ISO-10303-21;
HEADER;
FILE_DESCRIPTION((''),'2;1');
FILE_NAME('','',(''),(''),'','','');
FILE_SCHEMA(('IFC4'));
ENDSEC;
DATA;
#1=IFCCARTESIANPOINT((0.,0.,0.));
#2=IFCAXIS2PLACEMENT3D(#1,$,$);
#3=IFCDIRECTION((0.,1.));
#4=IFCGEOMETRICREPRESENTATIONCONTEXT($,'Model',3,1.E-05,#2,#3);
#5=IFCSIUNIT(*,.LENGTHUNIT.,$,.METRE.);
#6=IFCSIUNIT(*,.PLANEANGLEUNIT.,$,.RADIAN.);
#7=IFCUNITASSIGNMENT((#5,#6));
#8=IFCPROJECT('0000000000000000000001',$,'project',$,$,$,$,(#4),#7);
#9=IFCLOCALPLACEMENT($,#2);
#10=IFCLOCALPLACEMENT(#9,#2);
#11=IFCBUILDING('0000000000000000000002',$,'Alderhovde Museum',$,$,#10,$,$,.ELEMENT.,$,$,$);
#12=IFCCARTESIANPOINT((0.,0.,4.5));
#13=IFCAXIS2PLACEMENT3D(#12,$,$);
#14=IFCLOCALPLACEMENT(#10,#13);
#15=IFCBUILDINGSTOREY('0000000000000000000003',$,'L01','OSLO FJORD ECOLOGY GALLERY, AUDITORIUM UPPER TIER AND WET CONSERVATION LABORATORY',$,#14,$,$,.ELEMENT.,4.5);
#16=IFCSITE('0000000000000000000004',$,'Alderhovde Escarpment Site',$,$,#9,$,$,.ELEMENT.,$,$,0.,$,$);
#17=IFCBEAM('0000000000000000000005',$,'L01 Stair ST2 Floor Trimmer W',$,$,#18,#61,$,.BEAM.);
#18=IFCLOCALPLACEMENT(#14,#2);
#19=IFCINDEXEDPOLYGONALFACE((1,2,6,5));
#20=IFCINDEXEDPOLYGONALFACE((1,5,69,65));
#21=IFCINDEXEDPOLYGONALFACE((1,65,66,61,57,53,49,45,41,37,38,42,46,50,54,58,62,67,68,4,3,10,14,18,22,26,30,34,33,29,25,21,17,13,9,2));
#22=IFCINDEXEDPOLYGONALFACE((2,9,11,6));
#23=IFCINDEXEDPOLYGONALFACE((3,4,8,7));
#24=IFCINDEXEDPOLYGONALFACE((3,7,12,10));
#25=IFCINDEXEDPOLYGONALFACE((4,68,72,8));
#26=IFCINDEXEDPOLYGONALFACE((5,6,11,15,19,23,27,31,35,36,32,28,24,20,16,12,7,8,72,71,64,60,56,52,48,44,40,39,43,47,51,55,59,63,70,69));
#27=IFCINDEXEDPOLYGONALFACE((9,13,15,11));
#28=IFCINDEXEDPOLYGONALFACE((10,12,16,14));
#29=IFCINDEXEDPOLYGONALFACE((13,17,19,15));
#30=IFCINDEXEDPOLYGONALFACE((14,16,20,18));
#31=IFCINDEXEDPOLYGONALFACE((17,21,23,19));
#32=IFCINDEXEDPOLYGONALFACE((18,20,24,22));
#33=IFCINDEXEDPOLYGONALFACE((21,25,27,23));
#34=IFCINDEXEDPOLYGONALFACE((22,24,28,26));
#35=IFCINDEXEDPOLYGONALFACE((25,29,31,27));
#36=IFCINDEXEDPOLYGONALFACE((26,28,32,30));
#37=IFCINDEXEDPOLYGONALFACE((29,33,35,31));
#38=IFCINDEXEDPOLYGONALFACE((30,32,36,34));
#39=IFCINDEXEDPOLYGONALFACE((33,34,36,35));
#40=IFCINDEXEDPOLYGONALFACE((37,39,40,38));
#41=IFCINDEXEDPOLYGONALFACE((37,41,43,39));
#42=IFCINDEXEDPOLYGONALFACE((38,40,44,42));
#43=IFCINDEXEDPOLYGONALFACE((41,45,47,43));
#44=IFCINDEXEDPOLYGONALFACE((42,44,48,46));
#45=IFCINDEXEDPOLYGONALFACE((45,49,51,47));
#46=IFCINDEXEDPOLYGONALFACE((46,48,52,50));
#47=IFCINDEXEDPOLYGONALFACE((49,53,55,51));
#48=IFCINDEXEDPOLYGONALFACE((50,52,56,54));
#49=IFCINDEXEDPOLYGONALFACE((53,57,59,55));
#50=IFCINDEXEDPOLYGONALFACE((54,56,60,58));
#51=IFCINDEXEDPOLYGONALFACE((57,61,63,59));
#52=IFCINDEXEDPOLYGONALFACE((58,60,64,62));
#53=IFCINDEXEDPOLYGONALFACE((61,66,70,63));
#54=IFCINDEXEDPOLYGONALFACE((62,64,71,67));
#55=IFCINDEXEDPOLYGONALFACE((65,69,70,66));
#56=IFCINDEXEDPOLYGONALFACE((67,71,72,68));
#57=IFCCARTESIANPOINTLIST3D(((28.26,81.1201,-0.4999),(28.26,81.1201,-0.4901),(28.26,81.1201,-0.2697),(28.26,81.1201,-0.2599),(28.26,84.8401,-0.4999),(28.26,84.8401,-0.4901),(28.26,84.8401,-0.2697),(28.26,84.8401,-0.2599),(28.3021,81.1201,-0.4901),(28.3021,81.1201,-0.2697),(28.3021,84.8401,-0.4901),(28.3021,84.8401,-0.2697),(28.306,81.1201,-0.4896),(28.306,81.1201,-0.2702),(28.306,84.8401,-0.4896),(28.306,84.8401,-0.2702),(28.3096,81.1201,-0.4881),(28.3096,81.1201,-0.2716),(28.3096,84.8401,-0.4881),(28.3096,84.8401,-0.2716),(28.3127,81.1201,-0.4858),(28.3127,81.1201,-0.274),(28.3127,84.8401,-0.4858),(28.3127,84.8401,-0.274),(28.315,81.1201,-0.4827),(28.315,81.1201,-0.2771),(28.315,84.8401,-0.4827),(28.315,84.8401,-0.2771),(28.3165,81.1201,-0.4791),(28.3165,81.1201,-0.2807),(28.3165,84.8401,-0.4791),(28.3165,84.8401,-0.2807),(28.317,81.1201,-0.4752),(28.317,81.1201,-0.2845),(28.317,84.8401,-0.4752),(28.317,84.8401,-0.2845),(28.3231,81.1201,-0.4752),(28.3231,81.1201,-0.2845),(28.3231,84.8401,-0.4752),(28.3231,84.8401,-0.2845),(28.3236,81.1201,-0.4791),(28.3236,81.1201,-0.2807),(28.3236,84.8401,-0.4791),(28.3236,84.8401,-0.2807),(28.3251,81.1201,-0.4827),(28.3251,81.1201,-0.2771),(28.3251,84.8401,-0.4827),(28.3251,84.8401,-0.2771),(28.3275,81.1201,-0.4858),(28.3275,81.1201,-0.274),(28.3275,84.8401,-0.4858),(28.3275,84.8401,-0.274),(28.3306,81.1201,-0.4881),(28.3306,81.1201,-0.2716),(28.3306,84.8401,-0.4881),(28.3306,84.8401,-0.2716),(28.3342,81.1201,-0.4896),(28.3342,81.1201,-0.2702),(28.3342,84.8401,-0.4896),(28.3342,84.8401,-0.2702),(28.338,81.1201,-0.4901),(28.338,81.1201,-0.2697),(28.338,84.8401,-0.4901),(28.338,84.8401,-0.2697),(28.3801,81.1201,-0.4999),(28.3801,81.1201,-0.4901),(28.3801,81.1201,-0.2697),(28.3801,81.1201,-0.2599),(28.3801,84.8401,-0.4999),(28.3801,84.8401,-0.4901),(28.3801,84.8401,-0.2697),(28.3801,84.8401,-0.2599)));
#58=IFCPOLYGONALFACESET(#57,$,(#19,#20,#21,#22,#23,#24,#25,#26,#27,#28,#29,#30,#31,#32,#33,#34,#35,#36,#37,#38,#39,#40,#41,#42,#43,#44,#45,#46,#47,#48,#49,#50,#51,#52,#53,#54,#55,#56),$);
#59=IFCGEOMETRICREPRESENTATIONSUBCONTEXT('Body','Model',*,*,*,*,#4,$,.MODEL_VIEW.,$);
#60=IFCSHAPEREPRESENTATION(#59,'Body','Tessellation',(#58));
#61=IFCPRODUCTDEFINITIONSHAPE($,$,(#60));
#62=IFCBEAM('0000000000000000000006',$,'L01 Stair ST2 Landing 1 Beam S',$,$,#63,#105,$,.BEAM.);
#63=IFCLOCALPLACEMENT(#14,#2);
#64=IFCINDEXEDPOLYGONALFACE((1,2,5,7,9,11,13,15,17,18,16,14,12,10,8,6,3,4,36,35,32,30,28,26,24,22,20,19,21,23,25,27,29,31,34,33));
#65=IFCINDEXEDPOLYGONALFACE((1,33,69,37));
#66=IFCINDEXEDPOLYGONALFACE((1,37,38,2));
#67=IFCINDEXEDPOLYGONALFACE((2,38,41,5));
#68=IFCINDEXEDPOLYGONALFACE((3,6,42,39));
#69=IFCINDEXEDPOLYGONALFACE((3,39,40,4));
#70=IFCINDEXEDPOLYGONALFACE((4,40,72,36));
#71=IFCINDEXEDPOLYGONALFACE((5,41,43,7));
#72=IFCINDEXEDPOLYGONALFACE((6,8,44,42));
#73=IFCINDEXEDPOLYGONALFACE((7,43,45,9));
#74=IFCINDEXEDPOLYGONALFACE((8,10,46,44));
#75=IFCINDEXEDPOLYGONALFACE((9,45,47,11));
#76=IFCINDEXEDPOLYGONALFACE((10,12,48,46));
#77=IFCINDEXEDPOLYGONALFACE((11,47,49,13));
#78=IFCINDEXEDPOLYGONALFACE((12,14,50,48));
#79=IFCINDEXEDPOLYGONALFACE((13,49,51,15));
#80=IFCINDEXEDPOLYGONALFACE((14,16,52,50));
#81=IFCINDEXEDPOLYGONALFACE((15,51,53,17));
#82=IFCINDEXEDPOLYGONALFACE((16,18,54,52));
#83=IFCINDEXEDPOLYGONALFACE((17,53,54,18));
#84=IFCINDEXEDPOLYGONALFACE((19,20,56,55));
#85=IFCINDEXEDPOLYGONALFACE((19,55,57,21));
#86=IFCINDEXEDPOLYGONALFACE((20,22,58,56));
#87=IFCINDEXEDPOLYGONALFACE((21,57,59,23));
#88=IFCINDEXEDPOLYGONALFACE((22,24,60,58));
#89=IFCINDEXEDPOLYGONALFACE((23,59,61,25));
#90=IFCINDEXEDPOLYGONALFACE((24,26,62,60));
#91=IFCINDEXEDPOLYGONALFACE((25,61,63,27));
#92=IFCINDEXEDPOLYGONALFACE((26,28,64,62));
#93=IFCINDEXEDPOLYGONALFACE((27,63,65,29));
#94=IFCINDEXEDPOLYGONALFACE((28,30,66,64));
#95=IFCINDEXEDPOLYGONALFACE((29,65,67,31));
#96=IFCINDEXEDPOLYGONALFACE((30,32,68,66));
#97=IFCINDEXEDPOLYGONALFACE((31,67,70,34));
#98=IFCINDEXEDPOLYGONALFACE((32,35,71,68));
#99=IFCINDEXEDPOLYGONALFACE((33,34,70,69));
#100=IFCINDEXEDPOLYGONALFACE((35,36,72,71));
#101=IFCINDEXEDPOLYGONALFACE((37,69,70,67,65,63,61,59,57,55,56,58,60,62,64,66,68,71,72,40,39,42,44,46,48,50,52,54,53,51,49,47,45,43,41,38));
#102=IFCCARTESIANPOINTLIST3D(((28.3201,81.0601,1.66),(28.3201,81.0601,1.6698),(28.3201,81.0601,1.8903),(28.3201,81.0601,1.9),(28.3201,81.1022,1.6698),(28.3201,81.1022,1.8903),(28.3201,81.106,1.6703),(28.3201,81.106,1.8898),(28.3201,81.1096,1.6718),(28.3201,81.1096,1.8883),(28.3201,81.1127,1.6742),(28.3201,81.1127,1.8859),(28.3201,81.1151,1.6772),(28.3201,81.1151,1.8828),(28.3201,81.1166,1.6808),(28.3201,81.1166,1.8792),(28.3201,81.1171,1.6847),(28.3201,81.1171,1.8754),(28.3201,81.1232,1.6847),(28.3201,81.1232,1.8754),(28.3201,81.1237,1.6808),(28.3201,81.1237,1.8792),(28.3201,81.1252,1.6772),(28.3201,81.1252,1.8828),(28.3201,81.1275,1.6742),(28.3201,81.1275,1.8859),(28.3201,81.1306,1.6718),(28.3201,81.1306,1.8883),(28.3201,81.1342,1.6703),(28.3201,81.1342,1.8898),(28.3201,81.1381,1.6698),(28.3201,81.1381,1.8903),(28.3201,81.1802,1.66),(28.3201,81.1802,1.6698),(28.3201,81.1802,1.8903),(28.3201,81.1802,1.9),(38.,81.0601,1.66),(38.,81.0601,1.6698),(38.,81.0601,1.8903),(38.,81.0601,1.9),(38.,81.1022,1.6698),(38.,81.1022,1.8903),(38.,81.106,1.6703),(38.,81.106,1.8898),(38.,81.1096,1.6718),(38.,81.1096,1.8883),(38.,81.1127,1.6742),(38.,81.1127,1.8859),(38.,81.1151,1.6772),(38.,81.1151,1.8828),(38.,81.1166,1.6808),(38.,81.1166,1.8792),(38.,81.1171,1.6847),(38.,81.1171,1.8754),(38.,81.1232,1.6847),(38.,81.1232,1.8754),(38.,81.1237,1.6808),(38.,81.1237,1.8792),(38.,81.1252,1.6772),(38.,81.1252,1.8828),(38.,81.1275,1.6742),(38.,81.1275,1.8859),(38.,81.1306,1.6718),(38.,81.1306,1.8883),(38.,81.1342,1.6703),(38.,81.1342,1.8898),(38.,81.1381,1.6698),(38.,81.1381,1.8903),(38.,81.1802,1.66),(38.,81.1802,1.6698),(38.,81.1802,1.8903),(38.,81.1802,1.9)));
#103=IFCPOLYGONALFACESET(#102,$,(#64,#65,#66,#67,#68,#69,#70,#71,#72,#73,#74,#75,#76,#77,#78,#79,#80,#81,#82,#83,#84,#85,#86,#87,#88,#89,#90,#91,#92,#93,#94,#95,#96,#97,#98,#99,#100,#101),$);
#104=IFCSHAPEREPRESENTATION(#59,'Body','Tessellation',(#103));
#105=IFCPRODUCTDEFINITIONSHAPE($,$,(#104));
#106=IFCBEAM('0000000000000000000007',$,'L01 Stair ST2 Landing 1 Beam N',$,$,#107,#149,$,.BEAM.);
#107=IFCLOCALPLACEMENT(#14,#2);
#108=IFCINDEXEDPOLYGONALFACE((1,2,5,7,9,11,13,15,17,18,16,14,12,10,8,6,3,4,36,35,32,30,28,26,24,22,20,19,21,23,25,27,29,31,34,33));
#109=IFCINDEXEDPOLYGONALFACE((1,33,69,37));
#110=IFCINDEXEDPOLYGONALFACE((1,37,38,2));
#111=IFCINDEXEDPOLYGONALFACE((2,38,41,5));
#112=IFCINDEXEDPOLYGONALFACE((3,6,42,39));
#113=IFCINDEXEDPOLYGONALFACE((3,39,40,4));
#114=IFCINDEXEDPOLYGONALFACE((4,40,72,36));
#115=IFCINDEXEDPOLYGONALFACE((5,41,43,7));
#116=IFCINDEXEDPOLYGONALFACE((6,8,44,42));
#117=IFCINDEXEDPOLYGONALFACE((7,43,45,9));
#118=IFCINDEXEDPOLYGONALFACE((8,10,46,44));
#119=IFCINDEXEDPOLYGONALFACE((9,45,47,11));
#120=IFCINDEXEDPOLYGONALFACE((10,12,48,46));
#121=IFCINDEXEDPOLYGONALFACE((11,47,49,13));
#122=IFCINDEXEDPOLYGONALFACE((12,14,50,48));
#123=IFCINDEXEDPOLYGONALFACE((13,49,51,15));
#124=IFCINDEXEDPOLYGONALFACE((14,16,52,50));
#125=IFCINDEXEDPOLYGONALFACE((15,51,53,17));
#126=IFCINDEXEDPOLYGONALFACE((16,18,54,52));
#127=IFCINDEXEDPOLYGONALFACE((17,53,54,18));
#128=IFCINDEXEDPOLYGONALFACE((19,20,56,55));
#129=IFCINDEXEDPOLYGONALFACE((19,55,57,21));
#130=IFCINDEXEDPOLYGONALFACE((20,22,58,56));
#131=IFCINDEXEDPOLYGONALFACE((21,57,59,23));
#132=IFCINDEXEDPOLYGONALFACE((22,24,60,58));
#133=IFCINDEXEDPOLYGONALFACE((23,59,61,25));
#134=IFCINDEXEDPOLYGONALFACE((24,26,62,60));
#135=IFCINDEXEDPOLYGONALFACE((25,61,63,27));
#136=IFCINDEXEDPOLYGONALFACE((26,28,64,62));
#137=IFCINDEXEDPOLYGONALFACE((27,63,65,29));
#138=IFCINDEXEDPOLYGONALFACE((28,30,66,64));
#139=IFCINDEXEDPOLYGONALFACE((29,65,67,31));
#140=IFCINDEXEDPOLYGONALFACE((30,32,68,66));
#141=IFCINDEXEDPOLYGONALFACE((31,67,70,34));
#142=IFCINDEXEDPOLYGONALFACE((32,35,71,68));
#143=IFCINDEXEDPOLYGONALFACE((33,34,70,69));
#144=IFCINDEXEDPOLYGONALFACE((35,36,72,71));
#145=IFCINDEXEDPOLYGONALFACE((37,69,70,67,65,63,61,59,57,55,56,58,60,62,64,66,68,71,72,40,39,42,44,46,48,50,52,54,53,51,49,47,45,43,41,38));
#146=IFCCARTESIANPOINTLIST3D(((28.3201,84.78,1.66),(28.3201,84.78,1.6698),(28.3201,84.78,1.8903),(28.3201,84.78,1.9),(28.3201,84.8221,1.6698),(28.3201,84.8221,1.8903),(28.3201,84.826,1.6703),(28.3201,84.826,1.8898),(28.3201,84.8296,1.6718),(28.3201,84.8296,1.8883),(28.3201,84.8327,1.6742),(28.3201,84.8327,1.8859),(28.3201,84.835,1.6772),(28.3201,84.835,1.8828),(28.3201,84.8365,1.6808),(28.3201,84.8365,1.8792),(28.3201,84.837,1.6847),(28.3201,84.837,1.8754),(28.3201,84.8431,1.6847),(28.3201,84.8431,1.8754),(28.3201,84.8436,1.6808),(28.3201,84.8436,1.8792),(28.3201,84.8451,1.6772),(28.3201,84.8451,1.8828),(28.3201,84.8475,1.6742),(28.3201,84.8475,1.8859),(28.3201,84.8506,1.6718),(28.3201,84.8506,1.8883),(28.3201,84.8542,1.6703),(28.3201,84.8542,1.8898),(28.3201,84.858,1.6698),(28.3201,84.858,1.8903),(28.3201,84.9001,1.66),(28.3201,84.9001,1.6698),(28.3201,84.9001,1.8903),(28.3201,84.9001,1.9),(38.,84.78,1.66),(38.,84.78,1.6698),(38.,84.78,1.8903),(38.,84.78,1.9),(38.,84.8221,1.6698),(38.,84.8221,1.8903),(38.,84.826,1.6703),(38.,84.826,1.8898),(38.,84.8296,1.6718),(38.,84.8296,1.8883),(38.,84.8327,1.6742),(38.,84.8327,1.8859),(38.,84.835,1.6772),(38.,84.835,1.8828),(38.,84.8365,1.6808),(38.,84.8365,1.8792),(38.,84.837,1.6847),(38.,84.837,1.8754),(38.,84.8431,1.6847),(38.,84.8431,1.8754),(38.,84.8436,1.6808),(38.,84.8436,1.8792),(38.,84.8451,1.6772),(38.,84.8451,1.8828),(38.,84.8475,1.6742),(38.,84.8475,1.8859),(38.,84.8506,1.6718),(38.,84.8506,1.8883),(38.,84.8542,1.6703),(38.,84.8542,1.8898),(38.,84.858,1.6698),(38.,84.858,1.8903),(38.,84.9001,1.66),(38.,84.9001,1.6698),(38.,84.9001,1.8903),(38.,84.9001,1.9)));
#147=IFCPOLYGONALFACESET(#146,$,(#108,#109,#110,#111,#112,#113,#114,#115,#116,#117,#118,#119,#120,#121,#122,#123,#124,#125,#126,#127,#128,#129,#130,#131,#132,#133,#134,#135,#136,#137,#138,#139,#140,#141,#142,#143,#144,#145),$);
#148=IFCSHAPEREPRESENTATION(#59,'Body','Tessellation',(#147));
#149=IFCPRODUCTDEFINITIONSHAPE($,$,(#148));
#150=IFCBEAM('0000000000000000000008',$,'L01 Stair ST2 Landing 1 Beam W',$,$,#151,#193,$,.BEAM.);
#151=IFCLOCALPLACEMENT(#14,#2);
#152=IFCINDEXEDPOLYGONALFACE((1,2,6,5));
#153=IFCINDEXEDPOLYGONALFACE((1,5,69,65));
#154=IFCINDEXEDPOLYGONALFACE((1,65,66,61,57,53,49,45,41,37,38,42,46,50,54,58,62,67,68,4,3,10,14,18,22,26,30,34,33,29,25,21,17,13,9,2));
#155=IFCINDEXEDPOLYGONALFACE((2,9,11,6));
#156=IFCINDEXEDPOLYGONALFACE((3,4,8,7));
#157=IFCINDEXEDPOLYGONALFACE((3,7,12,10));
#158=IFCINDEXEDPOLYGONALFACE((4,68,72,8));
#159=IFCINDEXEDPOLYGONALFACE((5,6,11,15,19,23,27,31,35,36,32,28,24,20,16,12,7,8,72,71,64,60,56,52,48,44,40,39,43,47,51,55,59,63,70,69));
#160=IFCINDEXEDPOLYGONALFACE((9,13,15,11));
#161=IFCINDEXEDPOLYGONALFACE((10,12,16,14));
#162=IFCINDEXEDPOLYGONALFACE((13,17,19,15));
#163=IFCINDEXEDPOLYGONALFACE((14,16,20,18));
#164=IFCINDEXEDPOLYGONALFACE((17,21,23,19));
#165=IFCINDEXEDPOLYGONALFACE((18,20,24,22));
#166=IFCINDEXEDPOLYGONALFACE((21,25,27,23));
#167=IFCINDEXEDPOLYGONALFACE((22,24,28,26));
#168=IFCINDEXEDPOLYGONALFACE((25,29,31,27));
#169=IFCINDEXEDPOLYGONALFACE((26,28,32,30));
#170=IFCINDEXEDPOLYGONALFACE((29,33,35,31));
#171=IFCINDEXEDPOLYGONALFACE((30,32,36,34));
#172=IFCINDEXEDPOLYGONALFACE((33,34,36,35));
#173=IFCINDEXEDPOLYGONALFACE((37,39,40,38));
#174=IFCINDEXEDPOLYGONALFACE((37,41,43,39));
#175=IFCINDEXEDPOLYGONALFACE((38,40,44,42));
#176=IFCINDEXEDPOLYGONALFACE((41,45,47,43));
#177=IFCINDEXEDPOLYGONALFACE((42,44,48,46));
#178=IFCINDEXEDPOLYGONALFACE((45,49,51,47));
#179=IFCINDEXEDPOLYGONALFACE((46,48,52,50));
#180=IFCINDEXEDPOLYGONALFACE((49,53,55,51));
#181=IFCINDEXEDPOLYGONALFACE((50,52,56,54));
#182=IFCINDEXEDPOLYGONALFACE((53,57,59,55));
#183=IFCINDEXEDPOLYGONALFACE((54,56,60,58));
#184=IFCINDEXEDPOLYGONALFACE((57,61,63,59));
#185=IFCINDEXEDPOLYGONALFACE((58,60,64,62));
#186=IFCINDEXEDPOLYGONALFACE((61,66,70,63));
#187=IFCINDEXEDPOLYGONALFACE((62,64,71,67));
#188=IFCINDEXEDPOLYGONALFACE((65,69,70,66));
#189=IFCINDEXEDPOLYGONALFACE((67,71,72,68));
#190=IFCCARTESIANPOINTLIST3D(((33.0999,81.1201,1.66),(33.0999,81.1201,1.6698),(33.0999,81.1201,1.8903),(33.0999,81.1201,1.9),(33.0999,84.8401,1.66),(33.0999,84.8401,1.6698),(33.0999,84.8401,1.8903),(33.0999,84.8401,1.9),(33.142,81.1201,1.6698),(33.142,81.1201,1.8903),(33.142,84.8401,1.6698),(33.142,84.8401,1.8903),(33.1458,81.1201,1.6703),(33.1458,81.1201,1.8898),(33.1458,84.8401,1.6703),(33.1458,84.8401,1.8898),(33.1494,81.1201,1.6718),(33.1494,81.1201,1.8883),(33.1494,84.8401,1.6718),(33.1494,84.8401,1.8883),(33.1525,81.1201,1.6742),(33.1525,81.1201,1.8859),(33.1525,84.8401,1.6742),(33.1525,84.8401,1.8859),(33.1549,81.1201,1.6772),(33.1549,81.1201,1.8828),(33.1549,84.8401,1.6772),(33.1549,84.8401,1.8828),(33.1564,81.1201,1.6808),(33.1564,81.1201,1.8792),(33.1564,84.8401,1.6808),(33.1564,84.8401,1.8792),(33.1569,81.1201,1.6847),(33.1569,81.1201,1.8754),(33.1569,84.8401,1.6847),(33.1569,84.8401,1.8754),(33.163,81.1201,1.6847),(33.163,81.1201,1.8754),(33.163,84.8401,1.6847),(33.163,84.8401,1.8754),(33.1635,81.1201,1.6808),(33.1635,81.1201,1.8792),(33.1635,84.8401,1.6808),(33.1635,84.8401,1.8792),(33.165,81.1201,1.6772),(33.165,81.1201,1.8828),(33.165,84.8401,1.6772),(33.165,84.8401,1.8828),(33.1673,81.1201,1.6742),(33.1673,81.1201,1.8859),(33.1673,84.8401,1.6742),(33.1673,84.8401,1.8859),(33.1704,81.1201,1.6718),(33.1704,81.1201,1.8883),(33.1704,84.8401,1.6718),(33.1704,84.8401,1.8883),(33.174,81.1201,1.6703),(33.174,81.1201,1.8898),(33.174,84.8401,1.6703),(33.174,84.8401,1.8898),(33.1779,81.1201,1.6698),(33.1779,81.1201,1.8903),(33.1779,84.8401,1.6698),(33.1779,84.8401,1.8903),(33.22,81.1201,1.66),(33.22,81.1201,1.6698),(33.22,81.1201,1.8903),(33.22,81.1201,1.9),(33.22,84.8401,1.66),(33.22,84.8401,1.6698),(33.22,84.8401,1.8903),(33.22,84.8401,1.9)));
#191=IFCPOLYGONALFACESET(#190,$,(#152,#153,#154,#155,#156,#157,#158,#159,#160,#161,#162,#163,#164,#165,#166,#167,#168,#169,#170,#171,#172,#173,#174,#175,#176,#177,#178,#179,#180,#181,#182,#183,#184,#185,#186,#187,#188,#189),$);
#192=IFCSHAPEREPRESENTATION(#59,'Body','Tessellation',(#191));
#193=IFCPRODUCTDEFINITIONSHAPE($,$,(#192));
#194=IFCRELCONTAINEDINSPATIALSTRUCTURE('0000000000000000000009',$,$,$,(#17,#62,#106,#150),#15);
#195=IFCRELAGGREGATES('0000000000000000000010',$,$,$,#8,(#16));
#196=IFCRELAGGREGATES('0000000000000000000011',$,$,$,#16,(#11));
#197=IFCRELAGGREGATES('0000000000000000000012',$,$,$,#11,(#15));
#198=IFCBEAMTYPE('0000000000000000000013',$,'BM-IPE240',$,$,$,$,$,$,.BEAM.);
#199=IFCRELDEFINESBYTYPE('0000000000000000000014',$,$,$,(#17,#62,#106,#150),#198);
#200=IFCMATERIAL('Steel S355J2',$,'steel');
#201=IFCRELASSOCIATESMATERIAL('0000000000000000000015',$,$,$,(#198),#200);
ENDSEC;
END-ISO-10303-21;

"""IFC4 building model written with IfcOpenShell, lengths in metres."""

from ifc_helpers import new_model, si_unit, direction, frame, origin, origin_2d, place, context, subcontext, project, spatial, i_section, extrude, material, material_profile, profile_set, type_object, element, save


model = new_model("IFC4")

# Units and contexts
model_context = context("Model", 3, precision=1e-05, world=origin(), true_north=direction((0.0, 1.0)))
body_context = subcontext(model_context, "Body", "Model", "MODEL_VIEW")
ifc_project = project(units=[si_unit("LENGTHUNIT", "METRE"), si_unit("PLANEANGLEUNIT", "RADIAN")], contexts=[model_context])

# Site, building, storey
site_placement = place(None, origin())
site = spatial("IfcSite", under=ifc_project, at=site_placement, Name="Alderhovde Escarpment Site", CompositionType="ELEMENT", RefElevation=0.0)
building_placement = place(site_placement, origin())
building = spatial("IfcBuilding", under=site, at=building_placement, Name="Alderhovde Museum", CompositionType="ELEMENT")
storey_placement = place(building_placement, frame((0.0, 0.0, 4.5)))
storey = spatial("IfcBuildingStorey", under=building, at=storey_placement, Name="L01", Description="OSLO FJORD ECOLOGY GALLERY, AUDITORIUM UPPER TIER AND WET CONSERVATION LABORATORY", CompositionType="ELEMENT", Elevation=4.5)

# Beams
ifc_material_1 = material(Name="Steel S355J2", Category="steel")
ifc_material_profile_1 = material_profile(ifc_material_1, i_section(OverallWidth=0.1201, OverallDepth=0.24, WebThickness=0.0061, FlangeThickness=0.0098, FilletRadius=0.0149, at=origin_2d()), Name="IPE 240")
ifc_profile_set_1 = profile_set([ifc_material_profile_1], Name="Steel S355J2")
beam_type_1 = type_object("IfcBeamType", Name="BM-IPE240", PredefinedType="BEAM", material=ifc_profile_set_1)
beam_1_placement = place(storey_placement, frame((28.3201, 81.1201, -0.3799), z_axis=(0.0, 1.0, 0.0), x_axis=(-1.0, 0.0, 0.0)))
element("IfcBeam", 1, at=beam_1_placement, inside=storey, type_object=beam_type_1, Name="L01 Stair ST2 Floor Trimmer W", PredefinedType="BEAM", context=body_context, shape_type="SweptSolid", body=[
    extrude(i_section(OverallWidth=0.1201, OverallDepth=0.24, WebThickness=0.0061, FlangeThickness=0.0098, FilletRadius=0.0149, at=origin_2d()), origin(), (0.0, 0.0, 1.0), 3.72),
])
for number, where, z_axis, x_axis, name in (
    (2, (28.3201, 81.1201, 1.78), (1.0, 0.0, 0.0), (0.0, 1.0, 0.0), "L01 Stair ST2 Landing 1 Beam S"),
    (3, (28.3201, 84.8401, 1.78), (1.0, 0.0, 0.0), (0.0, 1.0, 0.0), "L01 Stair ST2 Landing 1 Beam N"),
):
    element("IfcBeam", number, at=place(storey_placement, frame(where, z_axis=z_axis, x_axis=x_axis)), inside=storey, type_object=beam_type_1, Name=name, PredefinedType="BEAM", context=body_context, shape_type="SweptSolid", body=[
        extrude(i_section(OverallWidth=0.1201, OverallDepth=0.24, WebThickness=0.0061, FlangeThickness=0.0098, FilletRadius=0.0149, at=origin_2d()), origin(), (0.0, 0.0, 1.0), 9.6799),
    ])
for number, where, z_axis, x_axis, name in (
    (4, (33.1599, 81.1201, 1.78), (0.0, 1.0, 0.0), (-1.0, 0.0, 0.0), "L01 Stair ST2 Landing 1 Beam W"),
):
    element("IfcBeam", number, at=place(storey_placement, frame(where, z_axis=z_axis, x_axis=x_axis)), inside=storey, type_object=beam_type_1, Name=name, PredefinedType="BEAM", context=body_context, shape_type="SweptSolid", body=[
        extrude(i_section(OverallWidth=0.1201, OverallDepth=0.24, WebThickness=0.0061, FlangeThickness=0.0098, FilletRadius=0.0149, at=origin_2d()), origin(), (0.0, 0.0, 1.0), 3.72),
    ])

save(model, "model.ifc")
